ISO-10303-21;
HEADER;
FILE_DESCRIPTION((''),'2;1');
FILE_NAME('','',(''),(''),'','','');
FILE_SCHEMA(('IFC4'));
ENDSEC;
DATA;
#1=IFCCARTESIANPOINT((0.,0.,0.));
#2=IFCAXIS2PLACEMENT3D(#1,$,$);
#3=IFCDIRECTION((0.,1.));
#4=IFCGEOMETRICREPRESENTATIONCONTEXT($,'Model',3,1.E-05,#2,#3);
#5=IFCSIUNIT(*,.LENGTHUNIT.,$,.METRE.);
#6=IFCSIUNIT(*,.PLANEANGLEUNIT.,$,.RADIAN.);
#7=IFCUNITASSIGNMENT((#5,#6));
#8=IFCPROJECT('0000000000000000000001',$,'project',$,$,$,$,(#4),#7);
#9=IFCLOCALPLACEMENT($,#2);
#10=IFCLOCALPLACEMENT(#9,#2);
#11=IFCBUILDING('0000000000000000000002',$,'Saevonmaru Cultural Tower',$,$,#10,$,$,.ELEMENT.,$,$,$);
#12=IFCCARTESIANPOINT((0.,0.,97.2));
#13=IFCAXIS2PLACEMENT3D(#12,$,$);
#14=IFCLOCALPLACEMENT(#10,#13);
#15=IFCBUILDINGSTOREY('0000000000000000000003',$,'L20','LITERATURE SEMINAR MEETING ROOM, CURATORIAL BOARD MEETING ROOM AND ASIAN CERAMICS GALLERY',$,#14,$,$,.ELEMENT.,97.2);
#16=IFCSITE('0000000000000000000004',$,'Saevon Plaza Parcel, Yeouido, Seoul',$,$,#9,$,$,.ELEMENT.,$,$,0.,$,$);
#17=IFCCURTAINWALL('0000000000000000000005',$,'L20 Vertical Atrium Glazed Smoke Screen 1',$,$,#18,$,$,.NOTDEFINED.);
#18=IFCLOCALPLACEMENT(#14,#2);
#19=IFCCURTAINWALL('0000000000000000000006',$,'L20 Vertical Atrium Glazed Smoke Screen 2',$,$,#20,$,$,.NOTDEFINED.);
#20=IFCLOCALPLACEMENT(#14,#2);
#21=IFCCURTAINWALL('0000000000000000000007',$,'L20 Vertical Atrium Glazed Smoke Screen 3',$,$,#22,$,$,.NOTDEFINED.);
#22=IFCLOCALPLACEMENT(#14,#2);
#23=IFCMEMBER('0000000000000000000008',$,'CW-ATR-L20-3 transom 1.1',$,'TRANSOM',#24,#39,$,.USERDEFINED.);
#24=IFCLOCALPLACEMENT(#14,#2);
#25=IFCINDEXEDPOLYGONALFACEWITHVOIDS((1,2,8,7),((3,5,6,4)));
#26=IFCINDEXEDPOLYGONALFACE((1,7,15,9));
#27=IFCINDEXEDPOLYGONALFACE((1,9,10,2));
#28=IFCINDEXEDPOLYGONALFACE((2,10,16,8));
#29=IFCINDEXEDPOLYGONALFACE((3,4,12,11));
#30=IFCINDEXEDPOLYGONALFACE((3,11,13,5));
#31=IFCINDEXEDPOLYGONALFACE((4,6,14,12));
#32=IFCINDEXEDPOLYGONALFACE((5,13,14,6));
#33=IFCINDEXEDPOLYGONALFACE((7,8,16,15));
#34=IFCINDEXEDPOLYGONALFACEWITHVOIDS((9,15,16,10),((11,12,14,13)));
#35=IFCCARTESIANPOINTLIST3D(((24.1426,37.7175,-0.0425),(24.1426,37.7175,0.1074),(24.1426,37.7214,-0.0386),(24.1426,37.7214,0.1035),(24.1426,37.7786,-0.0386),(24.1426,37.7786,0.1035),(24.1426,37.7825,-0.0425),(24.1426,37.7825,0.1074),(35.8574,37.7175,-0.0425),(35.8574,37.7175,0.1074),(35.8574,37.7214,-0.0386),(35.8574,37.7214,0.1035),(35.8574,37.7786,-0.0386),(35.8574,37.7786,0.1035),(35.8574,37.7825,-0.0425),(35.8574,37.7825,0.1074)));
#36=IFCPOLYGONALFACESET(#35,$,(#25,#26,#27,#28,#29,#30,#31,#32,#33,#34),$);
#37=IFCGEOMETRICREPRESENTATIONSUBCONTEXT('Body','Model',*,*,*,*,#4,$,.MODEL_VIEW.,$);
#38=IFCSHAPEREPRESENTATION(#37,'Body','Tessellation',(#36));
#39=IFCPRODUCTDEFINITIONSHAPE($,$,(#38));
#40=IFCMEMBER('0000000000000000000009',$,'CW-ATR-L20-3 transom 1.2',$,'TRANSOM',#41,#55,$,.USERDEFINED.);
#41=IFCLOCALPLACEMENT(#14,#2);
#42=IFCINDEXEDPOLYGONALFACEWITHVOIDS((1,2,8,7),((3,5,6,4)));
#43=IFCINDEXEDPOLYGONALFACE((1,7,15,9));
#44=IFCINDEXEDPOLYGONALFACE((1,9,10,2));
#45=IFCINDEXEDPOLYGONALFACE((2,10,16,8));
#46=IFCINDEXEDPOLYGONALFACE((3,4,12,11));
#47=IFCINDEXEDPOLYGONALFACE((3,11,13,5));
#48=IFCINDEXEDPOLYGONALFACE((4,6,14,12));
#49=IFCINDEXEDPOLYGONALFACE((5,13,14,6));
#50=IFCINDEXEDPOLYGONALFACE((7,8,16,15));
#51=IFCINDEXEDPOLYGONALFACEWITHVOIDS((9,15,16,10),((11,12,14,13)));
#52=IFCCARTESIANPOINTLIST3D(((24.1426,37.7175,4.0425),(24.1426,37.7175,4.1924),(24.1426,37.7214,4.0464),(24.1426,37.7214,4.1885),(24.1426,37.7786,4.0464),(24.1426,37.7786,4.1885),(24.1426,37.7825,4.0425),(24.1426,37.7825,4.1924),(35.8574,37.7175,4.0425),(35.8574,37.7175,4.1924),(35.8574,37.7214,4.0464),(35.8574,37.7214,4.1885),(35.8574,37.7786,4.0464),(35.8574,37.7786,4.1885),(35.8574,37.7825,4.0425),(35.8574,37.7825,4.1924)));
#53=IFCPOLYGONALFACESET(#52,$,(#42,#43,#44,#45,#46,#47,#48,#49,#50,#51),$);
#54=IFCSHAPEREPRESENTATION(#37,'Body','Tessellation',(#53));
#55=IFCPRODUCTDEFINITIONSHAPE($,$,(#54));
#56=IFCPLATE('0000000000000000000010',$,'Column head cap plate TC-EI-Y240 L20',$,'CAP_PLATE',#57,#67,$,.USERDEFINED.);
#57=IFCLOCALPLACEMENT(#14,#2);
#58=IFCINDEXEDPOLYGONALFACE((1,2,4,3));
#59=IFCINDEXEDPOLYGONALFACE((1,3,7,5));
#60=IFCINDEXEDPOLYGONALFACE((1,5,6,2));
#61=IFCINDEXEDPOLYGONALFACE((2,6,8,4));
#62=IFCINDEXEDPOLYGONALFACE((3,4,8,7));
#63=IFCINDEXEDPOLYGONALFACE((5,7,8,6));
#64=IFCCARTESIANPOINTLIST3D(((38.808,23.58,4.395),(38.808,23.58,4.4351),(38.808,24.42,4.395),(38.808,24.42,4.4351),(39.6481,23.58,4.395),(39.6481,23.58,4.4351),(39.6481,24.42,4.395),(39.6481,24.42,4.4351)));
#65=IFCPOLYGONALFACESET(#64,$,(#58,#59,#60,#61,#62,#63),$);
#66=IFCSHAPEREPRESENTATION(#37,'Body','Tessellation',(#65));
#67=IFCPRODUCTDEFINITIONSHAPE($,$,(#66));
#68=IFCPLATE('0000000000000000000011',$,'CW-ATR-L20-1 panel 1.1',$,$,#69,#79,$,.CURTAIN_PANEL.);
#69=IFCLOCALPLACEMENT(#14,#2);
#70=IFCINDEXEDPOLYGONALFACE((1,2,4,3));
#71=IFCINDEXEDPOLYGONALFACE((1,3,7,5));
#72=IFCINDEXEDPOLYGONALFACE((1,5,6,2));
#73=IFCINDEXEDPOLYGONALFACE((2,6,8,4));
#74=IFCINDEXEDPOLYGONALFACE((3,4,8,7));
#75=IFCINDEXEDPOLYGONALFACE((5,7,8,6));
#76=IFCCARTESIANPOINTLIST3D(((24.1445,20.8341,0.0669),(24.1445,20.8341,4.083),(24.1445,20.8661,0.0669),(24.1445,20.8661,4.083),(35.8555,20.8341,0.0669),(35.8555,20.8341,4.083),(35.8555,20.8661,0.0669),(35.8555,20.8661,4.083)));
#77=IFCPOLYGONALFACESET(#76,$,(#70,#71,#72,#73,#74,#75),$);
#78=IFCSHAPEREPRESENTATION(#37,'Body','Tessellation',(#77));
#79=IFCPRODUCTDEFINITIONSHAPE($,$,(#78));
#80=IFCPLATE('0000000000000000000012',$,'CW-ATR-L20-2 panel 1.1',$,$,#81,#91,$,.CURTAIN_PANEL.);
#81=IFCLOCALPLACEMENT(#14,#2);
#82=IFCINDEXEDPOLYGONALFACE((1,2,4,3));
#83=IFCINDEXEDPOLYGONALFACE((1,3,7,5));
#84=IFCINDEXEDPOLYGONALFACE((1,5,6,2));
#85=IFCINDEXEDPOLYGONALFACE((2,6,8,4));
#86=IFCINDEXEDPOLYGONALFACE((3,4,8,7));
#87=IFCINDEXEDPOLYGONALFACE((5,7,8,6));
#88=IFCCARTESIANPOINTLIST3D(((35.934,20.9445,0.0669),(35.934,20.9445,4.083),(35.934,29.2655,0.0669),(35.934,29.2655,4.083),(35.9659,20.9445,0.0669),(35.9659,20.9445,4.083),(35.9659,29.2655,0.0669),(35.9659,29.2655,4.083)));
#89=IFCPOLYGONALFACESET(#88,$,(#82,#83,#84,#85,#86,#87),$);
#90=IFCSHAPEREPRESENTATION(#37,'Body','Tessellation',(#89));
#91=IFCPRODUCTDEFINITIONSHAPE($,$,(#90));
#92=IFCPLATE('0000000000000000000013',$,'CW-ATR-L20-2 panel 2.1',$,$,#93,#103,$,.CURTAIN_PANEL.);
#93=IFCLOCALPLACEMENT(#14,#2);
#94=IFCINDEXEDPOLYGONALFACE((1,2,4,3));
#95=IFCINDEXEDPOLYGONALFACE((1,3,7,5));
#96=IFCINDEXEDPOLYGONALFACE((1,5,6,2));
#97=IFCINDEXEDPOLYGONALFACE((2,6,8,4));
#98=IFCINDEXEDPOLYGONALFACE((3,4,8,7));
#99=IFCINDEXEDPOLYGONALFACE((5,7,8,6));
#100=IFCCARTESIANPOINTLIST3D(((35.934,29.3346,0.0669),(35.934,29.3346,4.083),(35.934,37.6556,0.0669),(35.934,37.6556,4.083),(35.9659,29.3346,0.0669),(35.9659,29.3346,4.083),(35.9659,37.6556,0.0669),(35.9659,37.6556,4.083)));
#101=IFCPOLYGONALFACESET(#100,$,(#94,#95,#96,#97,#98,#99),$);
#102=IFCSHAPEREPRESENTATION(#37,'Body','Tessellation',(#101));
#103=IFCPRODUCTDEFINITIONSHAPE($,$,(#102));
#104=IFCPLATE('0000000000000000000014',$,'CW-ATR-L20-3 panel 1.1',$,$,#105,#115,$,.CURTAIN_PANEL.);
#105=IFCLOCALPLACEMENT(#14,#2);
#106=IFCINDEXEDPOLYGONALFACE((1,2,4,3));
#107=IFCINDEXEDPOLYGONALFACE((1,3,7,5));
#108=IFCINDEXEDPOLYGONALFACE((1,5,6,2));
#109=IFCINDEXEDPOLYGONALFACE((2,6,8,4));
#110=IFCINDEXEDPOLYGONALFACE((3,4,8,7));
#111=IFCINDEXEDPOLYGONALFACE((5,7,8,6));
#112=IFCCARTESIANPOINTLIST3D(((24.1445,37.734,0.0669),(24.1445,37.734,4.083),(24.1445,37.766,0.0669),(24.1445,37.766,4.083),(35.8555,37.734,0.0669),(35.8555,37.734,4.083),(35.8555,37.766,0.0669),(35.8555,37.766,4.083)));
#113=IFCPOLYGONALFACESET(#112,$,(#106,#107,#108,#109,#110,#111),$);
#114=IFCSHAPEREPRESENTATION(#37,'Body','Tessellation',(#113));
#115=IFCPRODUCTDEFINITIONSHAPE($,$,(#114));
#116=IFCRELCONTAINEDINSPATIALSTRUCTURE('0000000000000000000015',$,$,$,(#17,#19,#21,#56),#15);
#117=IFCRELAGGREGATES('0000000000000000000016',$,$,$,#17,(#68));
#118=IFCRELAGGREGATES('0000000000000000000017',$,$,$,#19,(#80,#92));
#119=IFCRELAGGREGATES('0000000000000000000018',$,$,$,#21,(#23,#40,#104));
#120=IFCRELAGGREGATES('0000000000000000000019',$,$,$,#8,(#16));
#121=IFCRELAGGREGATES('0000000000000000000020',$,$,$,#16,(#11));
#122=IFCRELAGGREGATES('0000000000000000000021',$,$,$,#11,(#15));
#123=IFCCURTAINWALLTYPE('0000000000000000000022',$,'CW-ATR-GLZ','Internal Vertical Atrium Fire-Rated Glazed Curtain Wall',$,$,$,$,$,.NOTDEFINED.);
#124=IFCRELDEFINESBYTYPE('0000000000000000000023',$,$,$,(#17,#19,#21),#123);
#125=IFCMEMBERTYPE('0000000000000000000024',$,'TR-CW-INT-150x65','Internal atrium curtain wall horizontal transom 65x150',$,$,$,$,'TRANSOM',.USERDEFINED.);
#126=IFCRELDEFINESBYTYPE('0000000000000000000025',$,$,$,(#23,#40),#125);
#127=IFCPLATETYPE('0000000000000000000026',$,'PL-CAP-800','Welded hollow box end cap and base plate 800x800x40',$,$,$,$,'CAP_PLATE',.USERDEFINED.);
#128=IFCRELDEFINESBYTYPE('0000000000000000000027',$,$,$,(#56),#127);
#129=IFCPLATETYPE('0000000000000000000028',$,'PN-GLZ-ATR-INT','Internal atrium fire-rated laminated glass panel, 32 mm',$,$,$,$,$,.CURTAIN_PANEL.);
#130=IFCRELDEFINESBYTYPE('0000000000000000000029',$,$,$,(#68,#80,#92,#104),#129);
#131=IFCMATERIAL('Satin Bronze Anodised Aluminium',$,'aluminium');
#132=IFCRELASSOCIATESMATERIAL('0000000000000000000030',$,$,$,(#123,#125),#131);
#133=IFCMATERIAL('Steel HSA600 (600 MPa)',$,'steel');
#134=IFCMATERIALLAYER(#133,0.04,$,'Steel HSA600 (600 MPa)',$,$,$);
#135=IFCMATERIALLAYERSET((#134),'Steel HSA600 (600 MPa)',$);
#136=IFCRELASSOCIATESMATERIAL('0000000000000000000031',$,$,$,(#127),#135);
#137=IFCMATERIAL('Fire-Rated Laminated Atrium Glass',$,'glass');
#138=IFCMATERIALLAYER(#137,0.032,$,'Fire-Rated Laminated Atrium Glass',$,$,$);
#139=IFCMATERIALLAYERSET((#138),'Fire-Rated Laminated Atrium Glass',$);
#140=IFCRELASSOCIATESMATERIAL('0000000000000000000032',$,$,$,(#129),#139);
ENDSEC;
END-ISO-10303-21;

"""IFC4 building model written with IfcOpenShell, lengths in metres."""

from ifc_helpers import new_model, si_unit, direction, frame, origin, origin_2d, place, context, subcontext, project, spatial, rectangle, hollow_rectangle, extrude, material, layer, layer_set, material_profile, profile_set, type_object, element, aggregate, save


model = new_model("IFC4")

# Units and contexts
model_context = context("Model", 3, precision=1e-05, world=origin(), true_north=direction((0.0, 1.0)))
body_context = subcontext(model_context, "Body", "Model", "MODEL_VIEW")
ifc_project = project(units=[si_unit("LENGTHUNIT", "METRE"), si_unit("PLANEANGLEUNIT", "RADIAN")], contexts=[model_context])

# Site, building, storey
site_placement = place(None, origin())
site = spatial("IfcSite", under=ifc_project, at=site_placement, Name="Saevon Plaza Parcel, Yeouido, Seoul", CompositionType="ELEMENT", RefElevation=0.0)
building_placement = place(site_placement, origin())
building = spatial("IfcBuilding", under=site, at=building_placement, Name="Saevonmaru Cultural Tower", CompositionType="ELEMENT")
storey_placement = place(building_placement, frame((0.0, 0.0, 97.2)))
storey = spatial("IfcBuildingStorey", under=building, at=storey_placement, Name="L20", Description="LITERATURE SEMINAR MEETING ROOM, CURATORIAL BOARD MEETING ROOM AND ASIAN CERAMICS GALLERY", CompositionType="ELEMENT", Elevation=97.2)

# Shared definitions
ifc_material_1 = material(Name="Steel HSA600 (600 MPa)", Category="steel")

# Curtain wall
ifc_material_2 = material(Name="Satin Bronze Anodised Aluminium", Category="aluminium")
curtain_wall_type = type_object("IfcCurtainWallType", Name="CW-ATR-GLZ", Description="Internal Vertical Atrium Fire-Rated Glazed Curtain Wall", PredefinedType="NOTDEFINED", material=ifc_material_2)
curtain_wall_1_placement = place(storey_placement, origin())
curtain_wall_1 = element("IfcCurtainWall", 1, at=curtain_wall_1_placement, inside=storey, type_object=curtain_wall_type, Name="L20 Vertical Atrium Glazed Smoke Screen 1", PredefinedType="NOTDEFINED")

# Curtain walls
curtain_wall_2_placement = place(storey_placement, origin())
curtain_wall_2 = element("IfcCurtainWall", 2, at=curtain_wall_2_placement, inside=storey, type_object=curtain_wall_type, Name="L20 Vertical Atrium Glazed Smoke Screen 2", PredefinedType="NOTDEFINED")
curtain_wall_3_placement = place(storey_placement, origin())
curtain_wall_3 = element("IfcCurtainWall", 3, at=curtain_wall_3_placement, inside=storey, type_object=curtain_wall_type, Name="L20 Vertical Atrium Glazed Smoke Screen 3", PredefinedType="NOTDEFINED")

# Members
ifc_material_profile_1 = material_profile(ifc_material_2, hollow_rectangle(XDim=0.0649, YDim=0.1499, WallThickness=0.0039, at=origin_2d()), Name="ALU-TRAN-150x65x4")
ifc_profile_set_1 = profile_set([ifc_material_profile_1], Name="Satin Bronze Anodised Aluminium")
member_type_1 = type_object("IfcMemberType", Name="TR-CW-INT-150x65", Description="Internal atrium curtain wall horizontal transom 65x150", ElementType="TRANSOM", PredefinedType="USERDEFINED", material=ifc_profile_set_1)
member_1_placement = place(storey_placement, frame((35.8574, 37.75, 0.0325), z_axis=(-1.0, 0.0, 0.0), x_axis=(0.0, -1.0, 0.0)))
member_1 = element("IfcMember", 4, at=member_1_placement, type_object=member_type_1, Name="CW-ATR-L20-3 transom 1.1", ObjectType="TRANSOM", PredefinedType="USERDEFINED", context=body_context, shape_type="SweptSolid", body=[
    extrude(hollow_rectangle(XDim=0.0649, YDim=0.1499, WallThickness=0.0039, at=origin_2d()), origin(), (0.0, 0.0, 1.0), 11.7148),
])
member_2_placement = place(storey_placement, frame((35.8574, 37.75, 4.1174), z_axis=(-1.0, 0.0, 0.0), x_axis=(0.0, -1.0, 0.0)))
member_2 = element("IfcMember", 5, at=member_2_placement, type_object=member_type_1, Name="CW-ATR-L20-3 transom 1.2", ObjectType="TRANSOM", PredefinedType="USERDEFINED", context=body_context, shape_type="SweptSolid", body=[
    extrude(hollow_rectangle(XDim=0.0649, YDim=0.1499, WallThickness=0.0039, at=origin_2d()), origin(), (0.0, 0.0, 1.0), 11.7148),
])

# Plates
ifc_layer_1 = layer(ifc_material_1, 0.04, Name="Steel HSA600 (600 MPa)")
ifc_layer_set_1 = layer_set([ifc_layer_1], Name="Steel HSA600 (600 MPa)")
plate_type_1 = type_object("IfcPlateType", Name="PL-CAP-800", Description="Welded hollow box end cap and base plate 800x800x40", ElementType="CAP_PLATE", PredefinedType="USERDEFINED", material=ifc_layer_set_1)
plate_1_placement = place(storey_placement, frame((39.228, 24.0, 4.395), z_axis=(0.0, 0.0, 1.0), x_axis=(1.0, 0.0, 0.0)))
element("IfcPlate", 6, at=plate_1_placement, inside=storey, type_object=plate_type_1, Name="Column head cap plate TC-EI-Y240 L20", ObjectType="CAP_PLATE", PredefinedType="USERDEFINED", context=body_context, shape_type="SweptSolid", body=[
    extrude(rectangle(XDim=0.8401, YDim=0.8401, at=origin_2d()), origin(), (0.0, 0.0, 1.0), 0.04),
])
ifc_material_3 = material(Name="Fire-Rated Laminated Atrium Glass", Category="glass")
ifc_layer_2 = layer(ifc_material_3, 0.032, Name="Fire-Rated Laminated Atrium Glass")
ifc_layer_set_2 = layer_set([ifc_layer_2], Name="Fire-Rated Laminated Atrium Glass")
plate_type_2 = type_object("IfcPlateType", Name="PN-GLZ-ATR-INT", Description="Internal atrium fire-rated laminated glass panel, 32 mm", PredefinedType="CURTAIN_PANEL", material=ifc_layer_set_2)
plate_2_placement = place(storey_placement, frame((30.0, 20.8501, 0.0669), z_axis=(0.0, 0.0, 1.0), x_axis=(1.0, 0.0, 0.0)))
plate_2 = element("IfcPlate", 7, at=plate_2_placement, type_object=plate_type_2, Name="CW-ATR-L20-1 panel 1.1", PredefinedType="CURTAIN_PANEL", context=body_context, shape_type="SweptSolid", body=[
    extrude(rectangle(XDim=11.7109, YDim=0.032, at=origin_2d()), origin(), (0.0, 0.0, 1.0), 4.0161),
])
aggregate(curtain_wall_1, [plate_2])
plate_3_placement = place(storey_placement, frame((35.95, 25.105, 0.0669), z_axis=(0.0, 0.0, 1.0), x_axis=(0.0, 1.0, 0.0)))
plate_3 = element("IfcPlate", 8, at=plate_3_placement, type_object=plate_type_2, Name="CW-ATR-L20-2 panel 1.1", PredefinedType="CURTAIN_PANEL", context=body_context, shape_type="SweptSolid", body=[
    extrude(rectangle(XDim=8.321, YDim=0.032, at=origin_2d()), origin(), (0.0, 0.0, 1.0), 4.0161),
])
plate_4_placement = place(storey_placement, frame((35.95, 33.4951, 0.0669), z_axis=(0.0, 0.0, 1.0), x_axis=(0.0, 1.0, 0.0)))
plate_4 = element("IfcPlate", 9, at=plate_4_placement, type_object=plate_type_2, Name="CW-ATR-L20-2 panel 2.1", PredefinedType="CURTAIN_PANEL", context=body_context, shape_type="SweptSolid", body=[
    extrude(rectangle(XDim=8.321, YDim=0.032, at=origin_2d()), origin(), (0.0, 0.0, 1.0), 4.0161),
])
aggregate(curtain_wall_2, [plate_3, plate_4])
plate_5_placement = place(storey_placement, frame((30.0, 37.75, 0.0669), z_axis=(0.0, 0.0, 1.0), x_axis=(-1.0, 0.0, 0.0)))
plate_5 = element("IfcPlate", 10, at=plate_5_placement, type_object=plate_type_2, Name="CW-ATR-L20-3 panel 1.1", PredefinedType="CURTAIN_PANEL", context=body_context, shape_type="SweptSolid", body=[
    extrude(rectangle(XDim=11.7109, YDim=0.032, at=origin_2d()), origin(), (0.0, 0.0, 1.0), 4.0161),
])
aggregate(curtain_wall_3, [member_1, member_2, plate_5])

save(model, "model.ifc")
